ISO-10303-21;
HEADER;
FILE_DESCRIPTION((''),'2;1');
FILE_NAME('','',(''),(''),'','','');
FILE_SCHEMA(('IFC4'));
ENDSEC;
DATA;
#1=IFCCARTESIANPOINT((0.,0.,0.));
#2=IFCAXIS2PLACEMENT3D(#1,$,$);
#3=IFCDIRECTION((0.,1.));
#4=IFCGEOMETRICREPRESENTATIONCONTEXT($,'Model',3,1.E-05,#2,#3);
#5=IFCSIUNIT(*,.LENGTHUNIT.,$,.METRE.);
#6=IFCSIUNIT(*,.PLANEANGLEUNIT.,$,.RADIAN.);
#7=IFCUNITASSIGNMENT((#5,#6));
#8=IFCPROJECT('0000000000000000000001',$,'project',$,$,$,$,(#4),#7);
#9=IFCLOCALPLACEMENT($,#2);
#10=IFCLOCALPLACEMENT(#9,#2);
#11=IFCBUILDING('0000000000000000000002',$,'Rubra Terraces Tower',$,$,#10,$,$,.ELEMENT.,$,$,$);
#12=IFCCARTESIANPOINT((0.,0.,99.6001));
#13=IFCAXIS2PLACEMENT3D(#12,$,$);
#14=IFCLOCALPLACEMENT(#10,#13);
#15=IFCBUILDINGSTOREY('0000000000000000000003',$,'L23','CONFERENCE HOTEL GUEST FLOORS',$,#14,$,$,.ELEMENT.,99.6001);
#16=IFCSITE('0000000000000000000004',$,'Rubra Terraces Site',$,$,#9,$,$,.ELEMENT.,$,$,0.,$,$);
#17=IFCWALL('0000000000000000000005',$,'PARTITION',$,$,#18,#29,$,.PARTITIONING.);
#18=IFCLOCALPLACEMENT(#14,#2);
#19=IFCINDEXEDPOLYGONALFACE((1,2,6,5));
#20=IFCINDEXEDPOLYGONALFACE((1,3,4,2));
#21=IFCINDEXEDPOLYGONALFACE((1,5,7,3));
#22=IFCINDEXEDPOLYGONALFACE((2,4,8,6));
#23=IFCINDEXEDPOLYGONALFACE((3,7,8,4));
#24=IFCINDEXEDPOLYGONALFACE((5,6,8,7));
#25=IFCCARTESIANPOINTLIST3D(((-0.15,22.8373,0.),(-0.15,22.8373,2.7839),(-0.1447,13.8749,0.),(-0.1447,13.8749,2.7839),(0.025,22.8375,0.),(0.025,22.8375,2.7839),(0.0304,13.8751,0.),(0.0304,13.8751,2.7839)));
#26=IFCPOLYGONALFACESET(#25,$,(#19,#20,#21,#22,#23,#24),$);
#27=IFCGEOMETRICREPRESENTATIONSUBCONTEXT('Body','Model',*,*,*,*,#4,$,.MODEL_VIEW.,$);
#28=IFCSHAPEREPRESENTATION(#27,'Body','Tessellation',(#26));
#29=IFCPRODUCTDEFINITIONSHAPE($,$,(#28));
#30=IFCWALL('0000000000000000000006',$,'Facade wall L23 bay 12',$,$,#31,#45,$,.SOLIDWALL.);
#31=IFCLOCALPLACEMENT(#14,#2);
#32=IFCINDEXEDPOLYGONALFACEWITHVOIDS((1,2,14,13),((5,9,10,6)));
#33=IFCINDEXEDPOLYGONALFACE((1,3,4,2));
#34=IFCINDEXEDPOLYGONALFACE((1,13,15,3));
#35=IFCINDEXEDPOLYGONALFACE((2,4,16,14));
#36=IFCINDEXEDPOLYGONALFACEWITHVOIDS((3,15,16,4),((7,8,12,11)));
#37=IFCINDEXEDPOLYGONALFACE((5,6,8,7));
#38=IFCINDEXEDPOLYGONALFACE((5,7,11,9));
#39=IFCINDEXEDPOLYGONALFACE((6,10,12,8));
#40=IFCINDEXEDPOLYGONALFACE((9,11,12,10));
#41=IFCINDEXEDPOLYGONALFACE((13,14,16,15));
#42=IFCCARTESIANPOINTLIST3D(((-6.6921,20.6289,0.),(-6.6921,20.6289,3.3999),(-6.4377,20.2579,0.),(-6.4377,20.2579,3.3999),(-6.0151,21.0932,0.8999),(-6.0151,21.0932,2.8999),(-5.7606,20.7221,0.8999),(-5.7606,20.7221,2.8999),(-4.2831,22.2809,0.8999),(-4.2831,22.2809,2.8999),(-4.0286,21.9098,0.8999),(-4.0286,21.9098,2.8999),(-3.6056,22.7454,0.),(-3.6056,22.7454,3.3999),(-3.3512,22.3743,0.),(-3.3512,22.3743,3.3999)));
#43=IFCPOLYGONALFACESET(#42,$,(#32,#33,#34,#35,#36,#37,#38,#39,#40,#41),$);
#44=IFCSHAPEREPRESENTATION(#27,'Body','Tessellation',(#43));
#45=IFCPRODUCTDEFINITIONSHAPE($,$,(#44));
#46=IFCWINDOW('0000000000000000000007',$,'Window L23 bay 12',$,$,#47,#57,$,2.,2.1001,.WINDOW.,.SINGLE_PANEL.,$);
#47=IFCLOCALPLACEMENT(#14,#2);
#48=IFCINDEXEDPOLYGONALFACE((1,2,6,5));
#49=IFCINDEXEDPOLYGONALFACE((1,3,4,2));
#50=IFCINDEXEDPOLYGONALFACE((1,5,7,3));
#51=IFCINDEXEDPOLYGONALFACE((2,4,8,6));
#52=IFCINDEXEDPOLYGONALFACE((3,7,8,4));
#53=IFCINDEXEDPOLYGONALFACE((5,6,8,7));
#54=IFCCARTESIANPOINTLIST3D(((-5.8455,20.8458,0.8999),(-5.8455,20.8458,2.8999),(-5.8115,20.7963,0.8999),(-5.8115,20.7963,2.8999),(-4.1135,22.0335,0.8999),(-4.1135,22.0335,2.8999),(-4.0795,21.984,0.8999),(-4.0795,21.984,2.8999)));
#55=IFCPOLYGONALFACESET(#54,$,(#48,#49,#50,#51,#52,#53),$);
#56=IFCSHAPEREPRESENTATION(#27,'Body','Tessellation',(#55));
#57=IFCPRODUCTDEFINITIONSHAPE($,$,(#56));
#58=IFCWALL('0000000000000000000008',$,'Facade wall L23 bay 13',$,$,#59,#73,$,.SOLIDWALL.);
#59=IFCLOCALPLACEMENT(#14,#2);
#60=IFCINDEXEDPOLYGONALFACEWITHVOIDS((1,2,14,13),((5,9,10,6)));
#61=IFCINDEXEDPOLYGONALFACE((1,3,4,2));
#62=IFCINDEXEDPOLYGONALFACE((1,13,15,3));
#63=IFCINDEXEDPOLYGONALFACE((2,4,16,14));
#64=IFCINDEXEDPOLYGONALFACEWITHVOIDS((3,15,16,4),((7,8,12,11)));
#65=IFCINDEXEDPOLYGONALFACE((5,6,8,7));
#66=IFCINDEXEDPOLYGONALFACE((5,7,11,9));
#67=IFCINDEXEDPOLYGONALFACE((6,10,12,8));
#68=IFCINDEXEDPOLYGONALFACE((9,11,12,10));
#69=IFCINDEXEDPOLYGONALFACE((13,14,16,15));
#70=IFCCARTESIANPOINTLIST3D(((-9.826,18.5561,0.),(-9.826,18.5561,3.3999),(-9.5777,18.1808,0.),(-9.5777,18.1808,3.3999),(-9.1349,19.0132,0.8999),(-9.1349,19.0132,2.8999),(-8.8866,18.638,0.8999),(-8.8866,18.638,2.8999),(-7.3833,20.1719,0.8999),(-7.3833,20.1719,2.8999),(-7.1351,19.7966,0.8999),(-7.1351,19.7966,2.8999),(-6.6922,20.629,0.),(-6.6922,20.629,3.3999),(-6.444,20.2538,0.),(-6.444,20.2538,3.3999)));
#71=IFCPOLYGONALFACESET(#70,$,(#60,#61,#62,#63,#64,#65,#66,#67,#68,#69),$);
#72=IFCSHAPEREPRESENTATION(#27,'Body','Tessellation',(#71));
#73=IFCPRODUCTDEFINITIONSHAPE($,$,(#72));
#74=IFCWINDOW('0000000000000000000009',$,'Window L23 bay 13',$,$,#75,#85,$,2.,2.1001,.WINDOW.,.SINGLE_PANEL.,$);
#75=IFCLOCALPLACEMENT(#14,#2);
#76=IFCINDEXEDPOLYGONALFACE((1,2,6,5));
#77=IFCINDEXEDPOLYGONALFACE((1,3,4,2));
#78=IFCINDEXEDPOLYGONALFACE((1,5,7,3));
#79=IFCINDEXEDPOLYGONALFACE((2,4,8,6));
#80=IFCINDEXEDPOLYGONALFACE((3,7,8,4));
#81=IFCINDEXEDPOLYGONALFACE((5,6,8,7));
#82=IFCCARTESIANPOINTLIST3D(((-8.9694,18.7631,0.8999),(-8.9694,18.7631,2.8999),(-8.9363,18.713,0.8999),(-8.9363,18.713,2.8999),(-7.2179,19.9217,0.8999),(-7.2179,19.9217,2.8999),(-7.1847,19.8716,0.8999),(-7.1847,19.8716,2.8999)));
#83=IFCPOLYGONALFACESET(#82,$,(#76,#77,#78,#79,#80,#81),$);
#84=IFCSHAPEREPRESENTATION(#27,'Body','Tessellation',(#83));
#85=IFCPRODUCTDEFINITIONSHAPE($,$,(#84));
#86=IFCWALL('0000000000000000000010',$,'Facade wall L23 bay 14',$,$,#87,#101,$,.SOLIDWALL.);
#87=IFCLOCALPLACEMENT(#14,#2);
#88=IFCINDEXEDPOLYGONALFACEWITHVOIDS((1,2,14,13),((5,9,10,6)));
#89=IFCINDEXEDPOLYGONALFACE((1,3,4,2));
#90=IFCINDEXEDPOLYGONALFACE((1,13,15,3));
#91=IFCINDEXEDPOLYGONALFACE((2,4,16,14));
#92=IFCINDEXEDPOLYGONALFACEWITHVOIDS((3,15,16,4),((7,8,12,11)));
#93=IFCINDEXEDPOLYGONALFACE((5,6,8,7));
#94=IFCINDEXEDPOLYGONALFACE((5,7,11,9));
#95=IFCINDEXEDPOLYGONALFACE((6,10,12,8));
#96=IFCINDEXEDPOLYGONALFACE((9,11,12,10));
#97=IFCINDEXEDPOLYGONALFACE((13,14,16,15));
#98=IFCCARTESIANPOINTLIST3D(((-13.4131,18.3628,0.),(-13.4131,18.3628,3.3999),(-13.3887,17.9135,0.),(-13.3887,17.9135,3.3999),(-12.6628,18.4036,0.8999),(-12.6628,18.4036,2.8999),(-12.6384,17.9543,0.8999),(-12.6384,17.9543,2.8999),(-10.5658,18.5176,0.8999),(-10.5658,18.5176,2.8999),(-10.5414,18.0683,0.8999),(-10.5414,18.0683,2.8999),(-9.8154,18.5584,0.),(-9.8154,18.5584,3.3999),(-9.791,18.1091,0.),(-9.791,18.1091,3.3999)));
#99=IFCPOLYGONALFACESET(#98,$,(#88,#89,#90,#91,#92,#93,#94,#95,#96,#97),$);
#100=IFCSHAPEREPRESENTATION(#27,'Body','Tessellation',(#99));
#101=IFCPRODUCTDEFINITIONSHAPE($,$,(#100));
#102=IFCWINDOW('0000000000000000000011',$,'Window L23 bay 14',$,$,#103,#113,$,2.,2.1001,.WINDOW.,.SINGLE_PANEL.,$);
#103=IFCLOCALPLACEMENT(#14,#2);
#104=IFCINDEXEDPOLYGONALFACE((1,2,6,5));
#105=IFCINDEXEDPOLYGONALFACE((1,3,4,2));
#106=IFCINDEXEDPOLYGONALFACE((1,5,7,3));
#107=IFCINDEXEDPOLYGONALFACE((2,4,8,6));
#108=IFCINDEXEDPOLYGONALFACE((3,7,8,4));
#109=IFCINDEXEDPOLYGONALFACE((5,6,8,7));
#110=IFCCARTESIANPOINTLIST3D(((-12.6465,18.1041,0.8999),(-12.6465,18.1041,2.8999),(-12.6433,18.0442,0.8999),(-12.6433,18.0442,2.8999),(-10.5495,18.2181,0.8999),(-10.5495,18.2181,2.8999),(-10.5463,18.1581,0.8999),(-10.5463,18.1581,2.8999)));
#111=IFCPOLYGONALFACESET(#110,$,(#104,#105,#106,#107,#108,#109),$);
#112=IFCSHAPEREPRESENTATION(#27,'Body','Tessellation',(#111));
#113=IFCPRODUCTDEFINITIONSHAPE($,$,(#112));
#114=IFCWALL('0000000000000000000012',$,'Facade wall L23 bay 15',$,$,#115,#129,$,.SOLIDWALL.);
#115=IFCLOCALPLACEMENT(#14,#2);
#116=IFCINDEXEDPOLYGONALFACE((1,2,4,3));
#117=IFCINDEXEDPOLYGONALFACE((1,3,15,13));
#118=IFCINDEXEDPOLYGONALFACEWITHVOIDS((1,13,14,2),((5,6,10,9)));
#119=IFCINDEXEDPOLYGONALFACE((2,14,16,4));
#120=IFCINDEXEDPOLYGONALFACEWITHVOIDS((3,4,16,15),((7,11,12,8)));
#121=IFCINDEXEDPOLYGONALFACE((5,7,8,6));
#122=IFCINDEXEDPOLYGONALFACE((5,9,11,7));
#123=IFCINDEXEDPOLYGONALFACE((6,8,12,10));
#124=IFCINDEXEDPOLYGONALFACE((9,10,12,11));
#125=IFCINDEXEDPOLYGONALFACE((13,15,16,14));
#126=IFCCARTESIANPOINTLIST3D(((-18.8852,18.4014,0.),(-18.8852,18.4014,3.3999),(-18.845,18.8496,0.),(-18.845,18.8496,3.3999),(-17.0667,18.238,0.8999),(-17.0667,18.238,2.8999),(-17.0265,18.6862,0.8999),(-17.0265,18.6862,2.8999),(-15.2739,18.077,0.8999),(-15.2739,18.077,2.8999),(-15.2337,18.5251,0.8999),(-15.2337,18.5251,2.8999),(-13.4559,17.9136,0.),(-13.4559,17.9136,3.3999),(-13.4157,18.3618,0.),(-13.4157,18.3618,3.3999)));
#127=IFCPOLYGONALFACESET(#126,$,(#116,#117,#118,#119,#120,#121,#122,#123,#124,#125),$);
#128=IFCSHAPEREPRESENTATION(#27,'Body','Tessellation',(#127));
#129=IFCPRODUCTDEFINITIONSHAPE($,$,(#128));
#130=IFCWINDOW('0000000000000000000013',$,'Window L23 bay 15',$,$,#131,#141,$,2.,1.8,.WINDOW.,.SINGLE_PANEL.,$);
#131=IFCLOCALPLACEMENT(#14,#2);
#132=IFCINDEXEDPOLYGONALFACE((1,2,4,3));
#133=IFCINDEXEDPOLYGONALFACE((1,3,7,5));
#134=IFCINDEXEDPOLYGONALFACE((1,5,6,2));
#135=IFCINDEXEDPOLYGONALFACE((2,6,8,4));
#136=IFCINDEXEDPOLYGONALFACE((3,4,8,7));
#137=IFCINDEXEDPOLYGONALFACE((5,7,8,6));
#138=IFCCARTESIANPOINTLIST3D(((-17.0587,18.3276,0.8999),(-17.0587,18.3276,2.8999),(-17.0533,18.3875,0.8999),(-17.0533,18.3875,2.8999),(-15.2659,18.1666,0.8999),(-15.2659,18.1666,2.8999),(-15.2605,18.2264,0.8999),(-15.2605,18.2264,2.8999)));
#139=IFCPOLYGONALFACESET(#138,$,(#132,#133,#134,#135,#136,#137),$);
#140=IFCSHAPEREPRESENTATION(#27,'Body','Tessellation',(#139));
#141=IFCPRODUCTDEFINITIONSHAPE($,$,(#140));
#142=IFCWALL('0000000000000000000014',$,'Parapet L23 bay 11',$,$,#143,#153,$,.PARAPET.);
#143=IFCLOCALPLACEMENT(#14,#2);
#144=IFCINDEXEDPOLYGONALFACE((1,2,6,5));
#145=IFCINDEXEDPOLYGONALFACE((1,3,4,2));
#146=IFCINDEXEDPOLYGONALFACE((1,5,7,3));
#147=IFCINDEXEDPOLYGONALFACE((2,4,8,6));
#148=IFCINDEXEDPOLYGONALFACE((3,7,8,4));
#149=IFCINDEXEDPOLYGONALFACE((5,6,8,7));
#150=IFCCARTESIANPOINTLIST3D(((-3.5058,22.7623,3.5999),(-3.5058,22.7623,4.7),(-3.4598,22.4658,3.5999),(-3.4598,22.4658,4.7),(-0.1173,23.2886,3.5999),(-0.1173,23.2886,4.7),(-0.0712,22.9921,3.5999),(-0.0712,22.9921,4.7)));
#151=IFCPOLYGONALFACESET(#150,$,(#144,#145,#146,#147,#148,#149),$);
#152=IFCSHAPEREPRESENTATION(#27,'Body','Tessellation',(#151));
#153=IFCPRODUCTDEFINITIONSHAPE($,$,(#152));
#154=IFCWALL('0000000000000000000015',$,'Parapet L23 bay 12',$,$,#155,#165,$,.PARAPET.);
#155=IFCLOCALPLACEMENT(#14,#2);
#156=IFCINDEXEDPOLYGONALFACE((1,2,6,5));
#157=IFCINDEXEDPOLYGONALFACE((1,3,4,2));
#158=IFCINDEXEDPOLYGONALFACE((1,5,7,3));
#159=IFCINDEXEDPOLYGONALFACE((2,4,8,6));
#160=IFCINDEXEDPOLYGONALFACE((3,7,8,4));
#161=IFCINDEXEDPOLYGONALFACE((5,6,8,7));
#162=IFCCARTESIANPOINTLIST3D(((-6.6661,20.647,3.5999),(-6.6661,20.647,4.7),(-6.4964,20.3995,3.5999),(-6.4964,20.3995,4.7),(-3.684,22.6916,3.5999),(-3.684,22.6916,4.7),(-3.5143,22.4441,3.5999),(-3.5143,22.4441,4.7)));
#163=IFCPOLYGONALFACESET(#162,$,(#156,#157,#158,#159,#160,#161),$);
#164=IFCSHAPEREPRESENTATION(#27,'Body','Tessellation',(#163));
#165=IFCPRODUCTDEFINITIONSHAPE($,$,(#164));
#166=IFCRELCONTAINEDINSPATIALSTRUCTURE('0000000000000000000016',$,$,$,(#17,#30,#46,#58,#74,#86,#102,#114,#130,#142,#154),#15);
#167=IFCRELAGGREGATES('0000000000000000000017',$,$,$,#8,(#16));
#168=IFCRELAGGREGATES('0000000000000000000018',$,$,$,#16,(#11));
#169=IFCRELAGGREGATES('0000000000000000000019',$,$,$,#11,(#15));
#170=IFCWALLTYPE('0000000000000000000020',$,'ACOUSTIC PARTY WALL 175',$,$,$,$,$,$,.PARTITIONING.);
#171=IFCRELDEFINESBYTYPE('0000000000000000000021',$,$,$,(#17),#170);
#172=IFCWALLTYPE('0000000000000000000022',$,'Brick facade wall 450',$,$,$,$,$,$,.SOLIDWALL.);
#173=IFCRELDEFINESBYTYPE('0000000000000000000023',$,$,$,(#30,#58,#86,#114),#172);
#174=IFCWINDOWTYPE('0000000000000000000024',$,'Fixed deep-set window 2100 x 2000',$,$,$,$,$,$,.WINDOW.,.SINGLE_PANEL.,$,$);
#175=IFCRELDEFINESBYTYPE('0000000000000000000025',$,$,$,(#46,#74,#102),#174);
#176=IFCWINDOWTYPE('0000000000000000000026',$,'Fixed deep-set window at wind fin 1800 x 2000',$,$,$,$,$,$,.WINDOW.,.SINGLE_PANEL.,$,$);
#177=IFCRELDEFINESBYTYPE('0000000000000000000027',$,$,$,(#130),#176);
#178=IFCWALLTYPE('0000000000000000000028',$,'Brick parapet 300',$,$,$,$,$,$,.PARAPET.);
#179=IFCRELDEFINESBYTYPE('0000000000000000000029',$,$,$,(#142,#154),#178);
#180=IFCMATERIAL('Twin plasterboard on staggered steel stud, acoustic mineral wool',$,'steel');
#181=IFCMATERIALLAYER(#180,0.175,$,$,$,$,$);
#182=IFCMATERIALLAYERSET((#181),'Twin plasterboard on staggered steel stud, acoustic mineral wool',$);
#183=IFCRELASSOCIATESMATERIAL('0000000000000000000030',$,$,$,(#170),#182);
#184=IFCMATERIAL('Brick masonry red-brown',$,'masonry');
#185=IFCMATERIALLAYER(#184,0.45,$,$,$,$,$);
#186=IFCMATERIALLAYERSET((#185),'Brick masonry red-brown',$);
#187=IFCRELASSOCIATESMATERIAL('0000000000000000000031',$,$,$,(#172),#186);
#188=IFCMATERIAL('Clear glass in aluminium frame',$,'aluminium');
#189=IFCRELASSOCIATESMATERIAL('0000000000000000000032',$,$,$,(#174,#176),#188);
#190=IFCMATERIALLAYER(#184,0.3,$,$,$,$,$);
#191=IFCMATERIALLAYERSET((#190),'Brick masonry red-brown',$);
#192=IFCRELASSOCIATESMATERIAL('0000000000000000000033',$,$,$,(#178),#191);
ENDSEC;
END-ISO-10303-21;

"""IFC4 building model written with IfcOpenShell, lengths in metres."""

from ifc_helpers import new_model, si_unit, direction, frame, frame_2d, origin, place, context, subcontext, project, spatial, rectangle, extrude, material, layer, layer_set, type_object, element, fill, save


model = new_model("IFC4")

# Units and contexts
model_context = context("Model", 3, precision=1e-05, world=origin(), true_north=direction((0.0, 1.0)))
body_context = subcontext(model_context, "Body", "Model", "MODEL_VIEW")
ifc_project = project(units=[si_unit("LENGTHUNIT", "METRE"), si_unit("PLANEANGLEUNIT", "RADIAN")], contexts=[model_context])

# Site, building, storey
site_placement = place(None, origin())
site = spatial("IfcSite", under=ifc_project, at=site_placement, Name="Rubra Terraces Site", CompositionType="ELEMENT", RefElevation=0.0)
building_placement = place(site_placement, origin())
building = spatial("IfcBuilding", under=site, at=building_placement, Name="Rubra Terraces Tower", CompositionType="ELEMENT")
storey_placement = place(building_placement, frame((0.0, 0.0, 99.6001)))
storey = spatial("IfcBuildingStorey", under=building, at=storey_placement, Name="L23", Description="CONFERENCE HOTEL GUEST FLOORS", CompositionType="ELEMENT", Elevation=99.6001)

# Wall
ifc_material_1 = material(Name="Twin plasterboard on staggered steel stud, acoustic mineral wool", Category="steel")
ifc_layer_1 = layer(ifc_material_1, 0.175)
ifc_layer_set_1 = layer_set([ifc_layer_1], Name="Twin plasterboard on staggered steel stud, acoustic mineral wool")
wall_type_1 = type_object("IfcWallType", Name="ACOUSTIC PARTY WALL 175", PredefinedType="PARTITIONING", material=ifc_layer_set_1)
wall_1_placement = place(storey_placement, frame((-0.0625, 22.8374, 0.0), z_axis=(0.0, 0.0, 1.0), x_axis=(0.000599, -1.0, 0.0)))
element("IfcWall", 1, at=wall_1_placement, inside=storey, type_object=wall_type_1, Name="PARTITION", PredefinedType="PARTITIONING", context=body_context, shape_type="SweptSolid", body=[
    extrude(rectangle(XDim=8.9624, YDim=0.175, at=frame_2d((4.4812, 0.0))), origin(), (0.0, 0.0, 1.0), 2.7839),
])

# Walls, openings, windows
ifc_material_2 = material(Name="Brick masonry red-brown", Category="masonry")
ifc_layer_2 = layer(ifc_material_2, 0.45)
ifc_layer_set_2 = layer_set([ifc_layer_2], Name="Brick masonry red-brown")
wall_type_2 = type_object("IfcWallType", Name="Brick facade wall 450", PredefinedType="SOLIDWALL", material=ifc_layer_set_2)
wall_2_placement = place(storey_placement, frame((-3.4785, 22.5598, 0.0), z_axis=(0.0, 0.0, 1.0), x_axis=(-0.824723, -0.565537, 0.0)))
wall_2 = element("IfcWall", 2, at=wall_2_placement, inside=storey, type_object=wall_type_2, Name="Facade wall L23 bay 12", PredefinedType="SOLIDWALL", context=body_context, shape_type="SweptSolid", body=[
    extrude(rectangle(XDim=3.7424, YDim=0.45, at=frame_2d((1.8711, 0.0))), origin(), (0.0, 0.0, 1.0), 3.3999),
])
opening_1_placement = place(wall_2_placement, frame((0.8213, 0.0, 0.8999)))
opening_1 = element("IfcOpeningElement", 3, at=opening_1_placement, cuts=wall_2, PredefinedType="OPENING", context=body_context, shape_type="SweptSolid", body=[
    extrude(rectangle(XDim=2.1001, YDim=2.0, at=frame_2d((1.05, 1.0))), frame((0.0, 0.2349, 0.0), z_axis=(0.0, -1.0, 0.0), x_axis=(1.0, 0.0, 0.0)), (0.0, 0.0, 1.0), 0.47),
])
ifc_material_3 = material(Name="Clear glass in aluminium frame", Category="aluminium")
window_type_1 = type_object("IfcWindowType", Name="Fixed deep-set window 2100 x 2000", PartitioningType="SINGLE_PANEL", PredefinedType="WINDOW", material=ifc_material_3)
window_1_placement = place(opening_1_placement, origin())
window_1 = element("IfcWindow", 4, at=window_1_placement, inside=storey, type_object=window_type_1, Name="Window L23 bay 12", OverallHeight=2.0, OverallWidth=2.1001, PartitioningType="SINGLE_PANEL", PredefinedType="WINDOW", context=body_context, shape_type="SweptSolid", body=[
    extrude(rectangle(XDim=2.1001, YDim=2.0, at=frame_2d((1.05, 1.0))), frame((0.0, 0.135, 0.0), z_axis=(0.0, -1.0, 0.0), x_axis=(1.0, 0.0, 0.0)), (0.0, 0.0, 1.0), 0.0601),
])
fill(opening_1, window_1)
wall_3_placement = place(storey_placement, frame((-6.5681, 20.4414, 0.0), z_axis=(0.0, 0.0, 1.0), x_axis=(-0.834034, -0.551713, 0.0)))
wall_3 = element("IfcWall", 5, at=wall_3_placement, inside=storey, type_object=wall_type_2, Name="Facade wall L23 bay 13", PredefinedType="SOLIDWALL", context=body_context, shape_type="SweptSolid", body=[
    extrude(rectangle(XDim=3.7573, YDim=0.45, at=frame_2d((1.8787, 0.0))), origin(), (0.0, 0.0, 1.0), 3.3999),
])
opening_2_placement = place(wall_3_placement, frame((0.8286, 0.0, 0.8999)))
opening_2 = element("IfcOpeningElement", 6, at=opening_2_placement, cuts=wall_3, PredefinedType="OPENING", context=body_context, shape_type="SweptSolid", body=[
    extrude(rectangle(XDim=2.1001, YDim=2.0, at=frame_2d((1.05, 1.0))), frame((0.0, 0.2349, 0.0), z_axis=(0.0, -1.0, 0.0), x_axis=(1.0, 0.0, 0.0)), (0.0, 0.0, 1.0), 0.47),
])
window_2_placement = place(opening_2_placement, origin())
window_2 = element("IfcWindow", 7, at=window_2_placement, inside=storey, type_object=window_type_1, Name="Window L23 bay 13", OverallHeight=2.0, OverallWidth=2.1001, PartitioningType="SINGLE_PANEL", PredefinedType="WINDOW", context=body_context, shape_type="SweptSolid", body=[
    extrude(rectangle(XDim=2.1001, YDim=2.0, at=frame_2d((1.05, 1.0))), frame((0.0, 0.135, 0.0), z_axis=(0.0, -1.0, 0.0), x_axis=(1.0, 0.0, 0.0)), (0.0, 0.0, 1.0), 0.0601),
])
fill(opening_2, window_2)
wall_4_placement = place(storey_placement, frame((-9.8032, 18.3337, 0.0), z_axis=(0.0, 0.0, 1.0), x_axis=(-0.998526, -0.054277, 0.0)))
wall_4 = element("IfcWall", 8, at=wall_4_placement, inside=storey, type_object=wall_type_2, Name="Facade wall L23 bay 14", PredefinedType="SOLIDWALL", context=body_context, shape_type="SweptSolid", body=[
    extrude(rectangle(XDim=3.603, YDim=0.45, at=frame_2d((1.8015, 0.0))), origin(), (0.0, 0.0, 1.0), 3.3999),
])
opening_3_placement = place(wall_4_placement, frame((0.7515, 0.0, 0.8999)))
opening_3 = element("IfcOpeningElement", 9, at=opening_3_placement, cuts=wall_4, PredefinedType="OPENING", context=body_context, shape_type="SweptSolid", body=[
    extrude(rectangle(XDim=2.1001, YDim=2.0, at=frame_2d((1.05, 1.0))), frame((0.0, 0.2349, 0.0), z_axis=(0.0, -1.0, 0.0), x_axis=(1.0, 0.0, 0.0)), (0.0, 0.0, 1.0), 0.47),
])
window_3_placement = place(opening_3_placement, origin())
window_3 = element("IfcWindow", 10, at=window_3_placement, inside=storey, type_object=window_type_1, Name="Window L23 bay 14", OverallHeight=2.0, OverallWidth=2.1001, PartitioningType="SINGLE_PANEL", PredefinedType="WINDOW", context=body_context, shape_type="SweptSolid", body=[
    extrude(rectangle(XDim=2.1001, YDim=2.0, at=frame_2d((1.05, 1.0))), frame((0.0, 0.135, 0.0), z_axis=(0.0, -1.0, 0.0), x_axis=(1.0, 0.0, 0.0)), (0.0, 0.0, 1.0), 0.0601),
])
fill(opening_3, window_3)
wall_5_placement = place(storey_placement, frame((-13.4358, 18.1377, 0.0), z_axis=(0.0, 0.0, 1.0), x_axis=(-0.995988, 0.089486, 0.0)))
wall_5 = element("IfcWall", 11, at=wall_5_placement, inside=storey, type_object=wall_type_2, Name="Facade wall L23 bay 15", PredefinedType="SOLIDWALL", context=body_context, shape_type="SweptSolid", body=[
    extrude(rectangle(XDim=5.4512, YDim=0.45, at=frame_2d((2.7256, 0.0))), origin(), (0.0, 0.0, 1.0), 3.3999),
])
opening_4_placement = place(wall_5_placement, frame((1.8254, 0.0, 0.8999)))
opening_4 = element("IfcOpeningElement", 12, at=opening_4_placement, cuts=wall_5, PredefinedType="OPENING", context=body_context, shape_type="SweptSolid", body=[
    extrude(rectangle(XDim=1.8, YDim=2.0, at=frame_2d((0.8999, 1.0))), frame((0.0, 0.2349, 0.0), z_axis=(0.0, -1.0, 0.0), x_axis=(1.0, 0.0, 0.0)), (0.0, 0.0, 1.0), 0.47),
])
window_type_2 = type_object("IfcWindowType", Name="Fixed deep-set window at wind fin 1800 x 2000", PartitioningType="SINGLE_PANEL", PredefinedType="WINDOW", material=ifc_material_3)
window_4_placement = place(opening_4_placement, origin())
window_4 = element("IfcWindow", 13, at=window_4_placement, inside=storey, type_object=window_type_2, Name="Window L23 bay 15", OverallHeight=2.0, OverallWidth=1.8, PartitioningType="SINGLE_PANEL", PredefinedType="WINDOW", context=body_context, shape_type="SweptSolid", body=[
    extrude(rectangle(XDim=1.8, YDim=2.0, at=frame_2d((0.8999, 1.0))), frame((0.0, 0.135, 0.0), z_axis=(0.0, -1.0, 0.0), x_axis=(1.0, 0.0, 0.0)), (0.0, 0.0, 1.0), 0.0601),
])
fill(opening_4, window_4)

# Walls
ifc_layer_3 = layer(ifc_material_2, 0.3)
ifc_layer_set_3 = layer_set([ifc_layer_3], Name="Brick masonry red-brown")
wall_type_3 = type_object("IfcWallType", Name="Brick parapet 300", PredefinedType="PARAPET", material=ifc_layer_set_3)
wall_6_placement = place(storey_placement, frame((-0.0942, 23.1404, 3.5999), z_axis=(0.0, 0.0, 1.0), x_axis=(-0.98815, -0.153491, 0.0)))
element("IfcWall", 14, at=wall_6_placement, inside=storey, type_object=wall_type_3, Name="Parapet L23 bay 11", PredefinedType="PARAPET", context=body_context, shape_type="SweptSolid", body=[
    extrude(rectangle(XDim=3.4292, YDim=0.3, at=frame_2d((1.7146, 0.0))), origin(), (0.0, 0.0, 1.0), 1.1001),
])
wall_7_placement = place(storey_placement, frame((-3.5991, 22.5679, 3.5999), z_axis=(0.0, 0.0, 1.0), x_axis=(-0.82476, -0.565482, 0.0)))
element("IfcWall", 15, at=wall_7_placement, inside=storey, type_object=wall_type_3, Name="Parapet L23 bay 12", PredefinedType="PARAPET", context=body_context, shape_type="SweptSolid", body=[
    extrude(rectangle(XDim=3.6157, YDim=0.3, at=frame_2d((1.8079, 0.0))), origin(), (0.0, 0.0, 1.0), 1.1001),
])

save(model, "model.ifc")
